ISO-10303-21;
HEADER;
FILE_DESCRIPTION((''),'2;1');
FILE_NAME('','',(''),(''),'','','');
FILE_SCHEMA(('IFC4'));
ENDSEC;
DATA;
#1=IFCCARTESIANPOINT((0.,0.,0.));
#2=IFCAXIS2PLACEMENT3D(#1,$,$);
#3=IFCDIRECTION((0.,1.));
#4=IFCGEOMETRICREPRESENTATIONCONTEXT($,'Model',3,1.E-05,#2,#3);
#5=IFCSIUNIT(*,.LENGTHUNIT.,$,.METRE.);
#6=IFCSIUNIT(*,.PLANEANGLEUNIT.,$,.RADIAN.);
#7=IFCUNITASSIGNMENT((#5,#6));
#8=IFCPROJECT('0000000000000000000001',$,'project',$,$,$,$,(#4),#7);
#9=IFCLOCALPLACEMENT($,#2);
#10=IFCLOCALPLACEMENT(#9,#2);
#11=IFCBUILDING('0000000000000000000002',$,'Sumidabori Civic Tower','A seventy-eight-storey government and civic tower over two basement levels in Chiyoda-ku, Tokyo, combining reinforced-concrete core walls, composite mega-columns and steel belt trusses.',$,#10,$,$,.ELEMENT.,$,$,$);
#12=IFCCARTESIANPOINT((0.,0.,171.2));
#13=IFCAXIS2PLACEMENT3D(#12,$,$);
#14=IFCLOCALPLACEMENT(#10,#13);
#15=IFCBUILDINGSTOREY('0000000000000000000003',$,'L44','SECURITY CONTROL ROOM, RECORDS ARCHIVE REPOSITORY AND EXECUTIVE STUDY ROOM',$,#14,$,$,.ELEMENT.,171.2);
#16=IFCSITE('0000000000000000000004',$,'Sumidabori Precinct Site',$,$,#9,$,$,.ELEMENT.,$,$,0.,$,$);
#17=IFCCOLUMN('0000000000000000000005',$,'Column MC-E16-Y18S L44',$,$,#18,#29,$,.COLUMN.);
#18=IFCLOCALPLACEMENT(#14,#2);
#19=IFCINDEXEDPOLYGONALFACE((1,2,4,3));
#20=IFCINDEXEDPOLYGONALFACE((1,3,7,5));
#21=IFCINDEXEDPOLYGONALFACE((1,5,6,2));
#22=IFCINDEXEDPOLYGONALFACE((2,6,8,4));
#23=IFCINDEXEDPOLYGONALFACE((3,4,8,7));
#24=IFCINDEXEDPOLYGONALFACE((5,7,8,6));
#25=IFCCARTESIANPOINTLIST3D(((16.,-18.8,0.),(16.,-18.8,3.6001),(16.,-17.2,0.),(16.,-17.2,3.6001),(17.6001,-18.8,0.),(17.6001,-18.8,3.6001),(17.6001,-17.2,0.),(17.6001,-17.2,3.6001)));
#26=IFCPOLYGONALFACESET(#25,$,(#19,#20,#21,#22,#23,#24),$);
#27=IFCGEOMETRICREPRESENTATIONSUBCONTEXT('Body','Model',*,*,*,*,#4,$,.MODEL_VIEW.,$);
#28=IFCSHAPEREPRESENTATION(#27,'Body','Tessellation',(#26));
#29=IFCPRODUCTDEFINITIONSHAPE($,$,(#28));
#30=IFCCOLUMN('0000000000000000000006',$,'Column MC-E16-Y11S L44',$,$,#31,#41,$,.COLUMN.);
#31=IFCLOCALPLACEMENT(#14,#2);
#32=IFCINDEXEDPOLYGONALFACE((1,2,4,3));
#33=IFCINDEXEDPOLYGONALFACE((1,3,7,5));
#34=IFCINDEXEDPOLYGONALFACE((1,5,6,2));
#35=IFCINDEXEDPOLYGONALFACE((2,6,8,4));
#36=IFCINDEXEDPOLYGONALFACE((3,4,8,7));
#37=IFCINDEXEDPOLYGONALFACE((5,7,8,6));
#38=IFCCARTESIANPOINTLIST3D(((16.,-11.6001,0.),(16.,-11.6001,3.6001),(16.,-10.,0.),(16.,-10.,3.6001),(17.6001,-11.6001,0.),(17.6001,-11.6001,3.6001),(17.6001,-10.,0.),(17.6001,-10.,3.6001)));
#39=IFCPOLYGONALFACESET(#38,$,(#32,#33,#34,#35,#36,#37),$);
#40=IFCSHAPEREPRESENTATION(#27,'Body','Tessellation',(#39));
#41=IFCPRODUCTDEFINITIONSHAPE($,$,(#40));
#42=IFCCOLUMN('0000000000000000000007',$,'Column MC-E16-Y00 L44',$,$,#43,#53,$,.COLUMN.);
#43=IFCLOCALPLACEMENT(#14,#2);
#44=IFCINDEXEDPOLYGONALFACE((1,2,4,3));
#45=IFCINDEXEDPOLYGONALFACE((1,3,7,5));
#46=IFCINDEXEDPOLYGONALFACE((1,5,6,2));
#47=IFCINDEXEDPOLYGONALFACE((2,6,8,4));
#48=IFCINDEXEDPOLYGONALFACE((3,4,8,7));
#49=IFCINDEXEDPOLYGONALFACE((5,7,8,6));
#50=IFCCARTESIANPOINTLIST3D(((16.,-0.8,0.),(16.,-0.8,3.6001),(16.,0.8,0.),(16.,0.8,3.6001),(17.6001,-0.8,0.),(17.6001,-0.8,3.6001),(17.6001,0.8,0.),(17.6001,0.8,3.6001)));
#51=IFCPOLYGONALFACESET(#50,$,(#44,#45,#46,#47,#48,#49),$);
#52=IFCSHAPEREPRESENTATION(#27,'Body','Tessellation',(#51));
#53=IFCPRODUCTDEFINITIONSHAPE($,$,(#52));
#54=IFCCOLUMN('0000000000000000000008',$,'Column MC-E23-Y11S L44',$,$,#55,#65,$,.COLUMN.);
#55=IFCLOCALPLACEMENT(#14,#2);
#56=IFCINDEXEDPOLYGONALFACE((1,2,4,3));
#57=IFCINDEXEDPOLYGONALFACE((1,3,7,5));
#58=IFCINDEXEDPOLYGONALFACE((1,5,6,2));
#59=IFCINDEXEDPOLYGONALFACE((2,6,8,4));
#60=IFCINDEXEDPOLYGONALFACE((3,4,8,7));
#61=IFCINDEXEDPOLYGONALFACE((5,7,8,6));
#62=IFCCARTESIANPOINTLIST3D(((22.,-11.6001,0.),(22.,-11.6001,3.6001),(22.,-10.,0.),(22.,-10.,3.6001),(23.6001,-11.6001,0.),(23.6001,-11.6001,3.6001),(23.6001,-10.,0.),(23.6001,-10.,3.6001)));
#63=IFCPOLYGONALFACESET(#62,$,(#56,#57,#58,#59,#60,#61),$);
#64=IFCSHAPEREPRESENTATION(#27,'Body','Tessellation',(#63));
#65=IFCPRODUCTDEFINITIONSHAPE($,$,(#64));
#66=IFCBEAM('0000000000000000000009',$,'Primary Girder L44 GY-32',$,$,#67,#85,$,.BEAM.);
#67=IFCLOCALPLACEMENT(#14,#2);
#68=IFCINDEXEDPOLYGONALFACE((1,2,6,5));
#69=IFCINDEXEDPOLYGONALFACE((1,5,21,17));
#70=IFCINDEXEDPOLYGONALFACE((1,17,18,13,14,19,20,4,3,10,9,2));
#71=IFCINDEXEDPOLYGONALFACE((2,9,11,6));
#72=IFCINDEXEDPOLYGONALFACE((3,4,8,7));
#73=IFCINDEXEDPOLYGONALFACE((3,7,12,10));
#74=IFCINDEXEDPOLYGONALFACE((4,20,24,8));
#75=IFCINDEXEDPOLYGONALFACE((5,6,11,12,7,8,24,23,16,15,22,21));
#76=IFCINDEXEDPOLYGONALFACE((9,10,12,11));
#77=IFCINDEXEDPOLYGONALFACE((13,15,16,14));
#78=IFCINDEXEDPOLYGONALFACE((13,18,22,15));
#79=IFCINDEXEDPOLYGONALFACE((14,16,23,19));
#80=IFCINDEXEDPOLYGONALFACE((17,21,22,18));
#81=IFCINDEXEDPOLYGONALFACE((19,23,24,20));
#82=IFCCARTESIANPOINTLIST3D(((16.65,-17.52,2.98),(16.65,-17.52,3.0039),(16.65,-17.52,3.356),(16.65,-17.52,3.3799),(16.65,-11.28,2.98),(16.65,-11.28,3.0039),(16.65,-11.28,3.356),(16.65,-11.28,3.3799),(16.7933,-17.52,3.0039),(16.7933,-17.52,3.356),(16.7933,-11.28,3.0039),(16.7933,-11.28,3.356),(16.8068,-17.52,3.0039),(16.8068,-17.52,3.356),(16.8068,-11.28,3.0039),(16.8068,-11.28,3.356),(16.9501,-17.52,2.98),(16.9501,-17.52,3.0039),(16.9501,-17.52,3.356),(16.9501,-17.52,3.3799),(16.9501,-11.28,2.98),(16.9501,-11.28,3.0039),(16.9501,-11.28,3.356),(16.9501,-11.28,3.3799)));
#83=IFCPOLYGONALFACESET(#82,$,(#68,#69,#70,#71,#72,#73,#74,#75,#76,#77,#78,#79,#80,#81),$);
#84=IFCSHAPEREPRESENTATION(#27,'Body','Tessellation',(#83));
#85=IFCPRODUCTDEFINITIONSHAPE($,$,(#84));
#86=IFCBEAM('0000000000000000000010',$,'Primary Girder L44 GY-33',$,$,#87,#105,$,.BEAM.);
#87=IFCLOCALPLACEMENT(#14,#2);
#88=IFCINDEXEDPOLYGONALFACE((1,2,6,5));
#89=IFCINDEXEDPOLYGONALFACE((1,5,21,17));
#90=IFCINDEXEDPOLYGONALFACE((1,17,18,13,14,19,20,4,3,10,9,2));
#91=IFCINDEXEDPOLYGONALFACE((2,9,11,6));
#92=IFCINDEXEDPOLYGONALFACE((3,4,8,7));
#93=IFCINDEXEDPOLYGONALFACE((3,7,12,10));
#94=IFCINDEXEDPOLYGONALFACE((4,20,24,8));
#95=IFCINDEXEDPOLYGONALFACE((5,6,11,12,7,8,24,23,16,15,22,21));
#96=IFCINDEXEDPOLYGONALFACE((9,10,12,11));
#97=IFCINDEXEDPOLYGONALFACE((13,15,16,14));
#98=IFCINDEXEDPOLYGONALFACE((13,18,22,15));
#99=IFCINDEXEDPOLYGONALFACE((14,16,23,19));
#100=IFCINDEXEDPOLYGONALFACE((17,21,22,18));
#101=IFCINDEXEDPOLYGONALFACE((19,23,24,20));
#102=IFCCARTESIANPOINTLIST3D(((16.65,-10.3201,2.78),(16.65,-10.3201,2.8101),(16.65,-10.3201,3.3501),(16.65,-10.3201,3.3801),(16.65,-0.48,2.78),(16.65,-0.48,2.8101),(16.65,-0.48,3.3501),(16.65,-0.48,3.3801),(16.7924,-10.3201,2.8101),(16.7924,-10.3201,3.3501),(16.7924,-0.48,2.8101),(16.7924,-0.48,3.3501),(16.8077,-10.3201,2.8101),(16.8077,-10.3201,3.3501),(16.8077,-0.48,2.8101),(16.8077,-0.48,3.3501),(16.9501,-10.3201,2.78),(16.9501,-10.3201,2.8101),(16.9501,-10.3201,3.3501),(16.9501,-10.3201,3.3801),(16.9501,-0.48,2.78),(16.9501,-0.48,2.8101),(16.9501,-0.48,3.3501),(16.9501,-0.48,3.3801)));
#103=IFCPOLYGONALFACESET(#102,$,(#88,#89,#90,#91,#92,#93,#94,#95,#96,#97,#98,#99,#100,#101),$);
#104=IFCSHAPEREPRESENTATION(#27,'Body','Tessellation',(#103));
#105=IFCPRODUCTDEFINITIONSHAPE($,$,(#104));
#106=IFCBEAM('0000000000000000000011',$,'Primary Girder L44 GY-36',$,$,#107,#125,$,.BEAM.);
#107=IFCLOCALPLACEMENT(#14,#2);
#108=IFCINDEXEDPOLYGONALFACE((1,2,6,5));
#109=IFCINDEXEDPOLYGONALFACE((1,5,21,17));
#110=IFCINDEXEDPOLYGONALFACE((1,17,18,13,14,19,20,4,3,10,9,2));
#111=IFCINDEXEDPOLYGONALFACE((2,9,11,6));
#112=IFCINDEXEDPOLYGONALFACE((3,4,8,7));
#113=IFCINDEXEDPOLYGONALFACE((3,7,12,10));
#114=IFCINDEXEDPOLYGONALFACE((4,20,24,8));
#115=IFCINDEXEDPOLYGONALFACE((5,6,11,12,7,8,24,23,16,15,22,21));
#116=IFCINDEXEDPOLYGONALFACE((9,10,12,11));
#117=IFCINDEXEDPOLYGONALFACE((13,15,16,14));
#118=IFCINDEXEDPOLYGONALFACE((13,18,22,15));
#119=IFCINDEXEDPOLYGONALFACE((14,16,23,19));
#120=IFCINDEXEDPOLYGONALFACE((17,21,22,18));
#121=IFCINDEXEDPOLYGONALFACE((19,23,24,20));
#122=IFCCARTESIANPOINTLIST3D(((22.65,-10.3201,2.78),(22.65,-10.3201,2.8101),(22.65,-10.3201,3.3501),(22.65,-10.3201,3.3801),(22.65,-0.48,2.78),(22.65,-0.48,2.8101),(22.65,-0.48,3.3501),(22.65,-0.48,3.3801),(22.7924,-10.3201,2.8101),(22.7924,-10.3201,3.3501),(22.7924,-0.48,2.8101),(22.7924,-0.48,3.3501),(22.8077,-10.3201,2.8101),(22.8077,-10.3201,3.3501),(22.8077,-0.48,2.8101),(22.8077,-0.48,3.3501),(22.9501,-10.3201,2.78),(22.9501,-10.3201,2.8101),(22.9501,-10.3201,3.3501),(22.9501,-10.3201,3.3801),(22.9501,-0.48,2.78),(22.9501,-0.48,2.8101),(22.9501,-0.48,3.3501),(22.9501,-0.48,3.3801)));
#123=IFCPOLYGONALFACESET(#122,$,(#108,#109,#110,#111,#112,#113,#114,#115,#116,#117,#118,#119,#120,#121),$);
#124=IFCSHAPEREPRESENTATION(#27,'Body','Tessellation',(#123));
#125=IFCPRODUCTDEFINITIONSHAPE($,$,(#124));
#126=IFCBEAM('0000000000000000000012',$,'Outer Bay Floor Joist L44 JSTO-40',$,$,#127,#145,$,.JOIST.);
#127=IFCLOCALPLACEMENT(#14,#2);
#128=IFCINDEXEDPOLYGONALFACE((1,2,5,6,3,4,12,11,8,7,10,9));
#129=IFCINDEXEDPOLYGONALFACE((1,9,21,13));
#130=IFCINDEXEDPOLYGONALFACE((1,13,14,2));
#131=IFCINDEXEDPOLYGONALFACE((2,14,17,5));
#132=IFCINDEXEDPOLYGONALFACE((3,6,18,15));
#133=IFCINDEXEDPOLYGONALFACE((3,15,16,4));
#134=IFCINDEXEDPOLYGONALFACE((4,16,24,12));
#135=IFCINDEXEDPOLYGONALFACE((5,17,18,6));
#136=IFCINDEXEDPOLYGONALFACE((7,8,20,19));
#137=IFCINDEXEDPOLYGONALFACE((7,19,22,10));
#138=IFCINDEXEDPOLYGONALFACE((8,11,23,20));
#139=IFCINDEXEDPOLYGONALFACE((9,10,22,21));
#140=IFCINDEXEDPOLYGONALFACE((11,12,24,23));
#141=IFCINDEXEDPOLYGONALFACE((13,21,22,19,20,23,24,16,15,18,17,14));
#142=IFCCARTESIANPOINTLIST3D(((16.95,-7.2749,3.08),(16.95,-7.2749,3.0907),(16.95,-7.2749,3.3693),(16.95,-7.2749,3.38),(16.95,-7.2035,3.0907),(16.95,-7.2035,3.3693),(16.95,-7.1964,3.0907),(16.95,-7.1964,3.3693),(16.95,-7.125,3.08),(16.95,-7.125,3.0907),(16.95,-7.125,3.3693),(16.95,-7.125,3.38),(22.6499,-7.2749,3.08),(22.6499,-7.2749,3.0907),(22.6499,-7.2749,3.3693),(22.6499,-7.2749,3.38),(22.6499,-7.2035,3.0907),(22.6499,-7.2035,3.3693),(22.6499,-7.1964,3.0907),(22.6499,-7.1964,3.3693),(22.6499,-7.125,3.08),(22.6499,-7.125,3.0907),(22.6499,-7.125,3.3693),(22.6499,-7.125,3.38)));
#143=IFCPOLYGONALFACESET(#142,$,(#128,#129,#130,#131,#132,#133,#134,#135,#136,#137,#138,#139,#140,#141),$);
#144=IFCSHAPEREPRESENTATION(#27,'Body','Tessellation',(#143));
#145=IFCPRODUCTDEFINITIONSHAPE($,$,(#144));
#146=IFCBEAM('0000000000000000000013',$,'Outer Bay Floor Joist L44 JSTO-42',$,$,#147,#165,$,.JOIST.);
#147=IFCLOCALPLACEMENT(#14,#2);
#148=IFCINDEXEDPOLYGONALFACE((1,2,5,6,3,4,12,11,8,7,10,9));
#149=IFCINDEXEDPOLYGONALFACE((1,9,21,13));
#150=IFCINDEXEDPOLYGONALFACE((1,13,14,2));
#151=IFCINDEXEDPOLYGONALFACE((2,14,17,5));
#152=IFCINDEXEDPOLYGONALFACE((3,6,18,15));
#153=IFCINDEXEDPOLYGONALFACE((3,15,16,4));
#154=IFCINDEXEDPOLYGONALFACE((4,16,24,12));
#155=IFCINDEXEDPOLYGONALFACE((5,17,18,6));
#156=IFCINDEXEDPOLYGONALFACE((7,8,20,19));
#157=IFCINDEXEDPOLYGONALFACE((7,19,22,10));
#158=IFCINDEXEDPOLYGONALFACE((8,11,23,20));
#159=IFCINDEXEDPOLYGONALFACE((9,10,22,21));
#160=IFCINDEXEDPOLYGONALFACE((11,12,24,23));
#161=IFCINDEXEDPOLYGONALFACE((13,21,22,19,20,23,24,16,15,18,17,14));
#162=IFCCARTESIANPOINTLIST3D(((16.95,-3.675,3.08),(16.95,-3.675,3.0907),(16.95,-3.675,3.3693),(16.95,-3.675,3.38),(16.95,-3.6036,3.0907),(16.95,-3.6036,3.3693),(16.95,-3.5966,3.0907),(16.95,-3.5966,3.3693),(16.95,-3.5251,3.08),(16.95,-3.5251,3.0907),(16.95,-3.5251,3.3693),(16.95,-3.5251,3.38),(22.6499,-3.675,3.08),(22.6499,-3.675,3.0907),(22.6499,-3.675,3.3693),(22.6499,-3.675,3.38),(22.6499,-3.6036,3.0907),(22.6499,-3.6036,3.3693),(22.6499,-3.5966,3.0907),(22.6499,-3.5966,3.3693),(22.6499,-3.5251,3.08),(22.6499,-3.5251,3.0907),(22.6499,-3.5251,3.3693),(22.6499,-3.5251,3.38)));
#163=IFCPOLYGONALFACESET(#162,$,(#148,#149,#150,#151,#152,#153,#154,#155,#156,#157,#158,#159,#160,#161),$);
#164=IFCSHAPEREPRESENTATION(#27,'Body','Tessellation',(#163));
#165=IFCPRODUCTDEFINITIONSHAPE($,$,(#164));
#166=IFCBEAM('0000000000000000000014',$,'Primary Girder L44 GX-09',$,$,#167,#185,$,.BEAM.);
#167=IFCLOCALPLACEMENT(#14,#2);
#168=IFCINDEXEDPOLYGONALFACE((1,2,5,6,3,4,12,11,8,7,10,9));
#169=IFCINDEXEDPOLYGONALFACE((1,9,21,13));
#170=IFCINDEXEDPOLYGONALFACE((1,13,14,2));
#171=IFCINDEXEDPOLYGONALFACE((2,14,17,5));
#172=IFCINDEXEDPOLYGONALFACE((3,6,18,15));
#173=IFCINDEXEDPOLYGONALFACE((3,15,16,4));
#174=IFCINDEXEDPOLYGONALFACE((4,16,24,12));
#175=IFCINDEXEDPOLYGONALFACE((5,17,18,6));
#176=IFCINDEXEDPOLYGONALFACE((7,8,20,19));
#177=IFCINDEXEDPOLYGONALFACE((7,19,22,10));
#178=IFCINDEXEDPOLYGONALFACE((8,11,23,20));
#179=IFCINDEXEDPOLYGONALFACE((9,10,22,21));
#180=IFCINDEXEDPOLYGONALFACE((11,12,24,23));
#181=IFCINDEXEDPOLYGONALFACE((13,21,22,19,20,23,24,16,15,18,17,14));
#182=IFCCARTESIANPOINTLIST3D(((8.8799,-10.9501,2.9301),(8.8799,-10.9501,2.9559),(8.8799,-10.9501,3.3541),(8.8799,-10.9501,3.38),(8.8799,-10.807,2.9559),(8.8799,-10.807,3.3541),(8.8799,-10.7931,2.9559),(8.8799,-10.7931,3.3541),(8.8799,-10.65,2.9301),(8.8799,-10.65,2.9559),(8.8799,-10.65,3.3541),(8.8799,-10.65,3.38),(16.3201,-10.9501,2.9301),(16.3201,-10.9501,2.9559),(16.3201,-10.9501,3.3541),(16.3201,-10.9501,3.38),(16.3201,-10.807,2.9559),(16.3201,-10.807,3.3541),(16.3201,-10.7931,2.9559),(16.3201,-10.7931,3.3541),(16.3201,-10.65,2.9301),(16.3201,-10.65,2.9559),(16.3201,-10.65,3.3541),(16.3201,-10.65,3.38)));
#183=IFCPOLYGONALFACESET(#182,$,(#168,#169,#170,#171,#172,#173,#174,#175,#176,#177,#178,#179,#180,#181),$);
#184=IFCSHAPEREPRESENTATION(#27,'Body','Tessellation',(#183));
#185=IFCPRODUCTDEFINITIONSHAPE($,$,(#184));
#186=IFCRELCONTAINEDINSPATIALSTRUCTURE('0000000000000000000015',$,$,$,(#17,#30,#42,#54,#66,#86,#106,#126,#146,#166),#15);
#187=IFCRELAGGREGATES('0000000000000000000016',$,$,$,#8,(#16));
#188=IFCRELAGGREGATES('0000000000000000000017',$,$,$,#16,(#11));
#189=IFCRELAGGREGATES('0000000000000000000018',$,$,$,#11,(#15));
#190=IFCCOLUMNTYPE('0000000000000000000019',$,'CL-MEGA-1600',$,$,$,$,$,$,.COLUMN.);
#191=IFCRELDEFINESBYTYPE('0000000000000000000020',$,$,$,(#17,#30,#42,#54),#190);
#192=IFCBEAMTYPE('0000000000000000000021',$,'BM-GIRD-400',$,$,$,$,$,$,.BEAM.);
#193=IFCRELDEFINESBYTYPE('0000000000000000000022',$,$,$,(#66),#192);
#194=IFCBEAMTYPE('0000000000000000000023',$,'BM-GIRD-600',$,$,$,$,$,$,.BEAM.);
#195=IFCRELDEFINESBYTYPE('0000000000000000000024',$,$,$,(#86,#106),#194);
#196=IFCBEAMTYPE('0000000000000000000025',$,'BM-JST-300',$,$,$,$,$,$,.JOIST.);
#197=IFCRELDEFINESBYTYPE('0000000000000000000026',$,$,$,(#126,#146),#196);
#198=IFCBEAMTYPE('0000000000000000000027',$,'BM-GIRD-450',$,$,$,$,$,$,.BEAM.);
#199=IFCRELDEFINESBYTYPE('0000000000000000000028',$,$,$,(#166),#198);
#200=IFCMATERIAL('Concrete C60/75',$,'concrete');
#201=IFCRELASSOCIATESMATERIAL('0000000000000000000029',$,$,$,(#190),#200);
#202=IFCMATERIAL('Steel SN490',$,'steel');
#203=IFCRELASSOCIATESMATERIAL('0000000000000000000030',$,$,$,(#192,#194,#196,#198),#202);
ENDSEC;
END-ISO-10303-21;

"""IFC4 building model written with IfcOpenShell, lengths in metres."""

from ifc_helpers import new_model, si_unit, direction, frame, origin, origin_2d, place, context, subcontext, project, spatial, rectangle, i_section, extrude, source, transform, mapped, material, material_profile, profile_set, type_object, element, save


model = new_model("IFC4")

# Units and contexts
model_context = context("Model", 3, precision=1e-05, world=origin(), true_north=direction((0.0, 1.0)))
body_context = subcontext(model_context, "Body", "Model", "MODEL_VIEW")
ifc_project = project(units=[si_unit("LENGTHUNIT", "METRE"), si_unit("PLANEANGLEUNIT", "RADIAN")], contexts=[model_context])

# Site, building, storey
site_placement = place(None, origin())
site = spatial("IfcSite", under=ifc_project, at=site_placement, Name="Sumidabori Precinct Site", CompositionType="ELEMENT", RefElevation=0.0)
building_placement = place(site_placement, origin())
building = spatial("IfcBuilding", under=site, at=building_placement, Name="Sumidabori Civic Tower", Description="A seventy-eight-storey government and civic tower over two basement levels in Chiyoda-ku, Tokyo, combining reinforced-concrete core walls, composite mega-columns and steel belt trusses.", CompositionType="ELEMENT")
storey_placement = place(building_placement, frame((0.0, 0.0, 171.2)))
storey = spatial("IfcBuildingStorey", under=building, at=storey_placement, Name="L44", Description="SECURITY CONTROL ROOM, RECORDS ARCHIVE REPOSITORY AND EXECUTIVE STUDY ROOM", CompositionType="ELEMENT", Elevation=171.2)

# Columns
ifc_material_1 = material(Name="Concrete C60/75", Category="concrete")
ifc_material_profile_1 = material_profile(ifc_material_1, rectangle(XDim=1.6001, YDim=1.6001, at=origin_2d()), Name="RC 1600x1600")
ifc_profile_set_1 = profile_set([ifc_material_profile_1], Name="Concrete C60/75")
column_type = type_object("IfcColumnType", Name="CL-MEGA-1600", PredefinedType="COLUMN", material=ifc_profile_set_1)
shared_shape_1 = source(origin(), body_context, "Body", "SweptSolid", [
    extrude(rectangle(XDim=1.6001, YDim=1.6001, at=origin_2d()), origin(), (0.0, 0.0, 1.0), 3.6001),
])
for number, where, z_axis, x_axis, name in (
    (1, (16.8, -18.0, 0.0), (0.0, 0.0, 1.0), (1.0, 0.0, 0.0), "Column MC-E16-Y18S L44"),
    (2, (16.8, -10.8, 0.0), (0.0, 0.0, 1.0), (1.0, 0.0, 0.0), "Column MC-E16-Y11S L44"),
    (3, (16.8, 0.0, 0.0), (0.0, 0.0, 1.0), (1.0, 0.0, 0.0), "Column MC-E16-Y00 L44"),
    (4, (22.8, -10.8, 0.0), (0.0, 0.0, 1.0), (1.0, 0.0, 0.0), "Column MC-E23-Y11S L44"),
):
    element("IfcColumn", number, at=place(storey_placement, frame(where, z_axis=z_axis, x_axis=x_axis)), inside=storey, type_object=column_type, Name=name, PredefinedType="COLUMN", context=body_context, shape_type="MappedRepresentation", body=[
        mapped(shared_shape_1, transform((0.0, 0.0, 0.0), x_axis=(1.0, 0.0, 0.0), y_axis=(0.0, 1.0, 0.0), z_axis=(0.0, 0.0, 1.0), scale=1.0)),
    ])

# Beams
ifc_material_2 = material(Name="Steel SN490", Category="steel")
ifc_material_profile_2 = material_profile(ifc_material_2, i_section(OverallWidth=0.3, OverallDepth=0.3999, WebThickness=0.0134, FlangeThickness=0.0239, at=origin_2d()), Name="HE 400 B")
ifc_profile_set_2 = profile_set([ifc_material_profile_2], Name="Steel SN490")
beam_type_1 = type_object("IfcBeamType", Name="BM-GIRD-400", PredefinedType="BEAM", material=ifc_profile_set_2)
shared_shape_2 = source(origin(), body_context, "Body", "SweptSolid", [
    extrude(i_section(OverallWidth=0.3, OverallDepth=0.3999, WebThickness=0.0134, FlangeThickness=0.0239, at=origin_2d()), origin(), (0.0, 0.0, 1.0), 6.24),
])
beam_1_placement = place(storey_placement, frame((16.8, -17.52, 3.1799), z_axis=(0.0, 1.0, 0.0), x_axis=(-1.0, 0.0, 0.0)))
element("IfcBeam", 5, at=beam_1_placement, inside=storey, type_object=beam_type_1, Name="Primary Girder L44 GY-32", PredefinedType="BEAM", context=body_context, shape_type="MappedRepresentation", body=[
    mapped(shared_shape_2, transform((0.0, 0.0, 0.0), x_axis=(1.0, 0.0, 0.0), y_axis=(0.0, 1.0, 0.0), z_axis=(0.0, 0.0, 1.0), scale=1.0)),
])
ifc_material_profile_3 = material_profile(ifc_material_2, i_section(OverallWidth=0.3, OverallDepth=0.6001, WebThickness=0.0154, FlangeThickness=0.03, at=origin_2d()), Name="HE 600 B")
ifc_profile_set_3 = profile_set([ifc_material_profile_3], Name="Steel SN490")
beam_type_2 = type_object("IfcBeamType", Name="BM-GIRD-600", PredefinedType="BEAM", material=ifc_profile_set_3)
shared_shape_3 = source(origin(), body_context, "Body", "SweptSolid", [
    extrude(i_section(OverallWidth=0.3, OverallDepth=0.6001, WebThickness=0.0154, FlangeThickness=0.03, at=origin_2d()), origin(), (0.0, 0.0, 1.0), 9.8401),
])
for number, where, z_axis, x_axis, name in (
    (6, (16.8, -10.3201, 3.0801), (0.0, 1.0, 0.0), (-1.0, 0.0, 0.0), "Primary Girder L44 GY-33"),
    (7, (22.8, -10.3201, 3.0801), (0.0, 1.0, 0.0), (-1.0, 0.0, 0.0), "Primary Girder L44 GY-36"),
):
    element("IfcBeam", number, at=place(storey_placement, frame(where, z_axis=z_axis, x_axis=x_axis)), inside=storey, type_object=beam_type_2, Name=name, PredefinedType="BEAM", context=body_context, shape_type="MappedRepresentation", body=[
        mapped(shared_shape_3, transform((0.0, 0.0, 0.0), x_axis=(1.0, 0.0, 0.0), y_axis=(0.0, 1.0, 0.0), z_axis=(0.0, 0.0, 1.0), scale=1.0)),
    ])
ifc_material_profile_4 = material_profile(ifc_material_2, i_section(OverallWidth=0.1499, OverallDepth=0.3, WebThickness=0.0071, FlangeThickness=0.0107, at=origin_2d()), Name="IPE 300")
ifc_profile_set_4 = profile_set([ifc_material_profile_4], Name="Steel SN490")
beam_type_3 = type_object("IfcBeamType", Name="BM-JST-300", PredefinedType="JOIST", material=ifc_profile_set_4)
shared_shape_4 = source(origin(), body_context, "Body", "SweptSolid", [
    extrude(i_section(OverallWidth=0.1499, OverallDepth=0.3, WebThickness=0.0071, FlangeThickness=0.0107, at=origin_2d()), origin(), (0.0, 0.0, 1.0), 5.7),
])
for number, where, z_axis, x_axis, name in (
    (8, (16.95, -7.2, 3.23), (1.0, 0.0, 0.0), (0.0, 1.0, 0.0), "Outer Bay Floor Joist L44 JSTO-40"),
    (9, (16.95, -3.6001, 3.23), (1.0, 0.0, 0.0), (0.0, 1.0, 0.0), "Outer Bay Floor Joist L44 JSTO-42"),
):
    element("IfcBeam", number, at=place(storey_placement, frame(where, z_axis=z_axis, x_axis=x_axis)), inside=storey, type_object=beam_type_3, Name=name, PredefinedType="JOIST", context=body_context, shape_type="MappedRepresentation", body=[
        mapped(shared_shape_4, transform((0.0, 0.0, 0.0), x_axis=(1.0, 0.0, 0.0), y_axis=(0.0, 1.0, 0.0), z_axis=(0.0, 0.0, 1.0), scale=1.0)),
    ])
ifc_material_profile_5 = material_profile(ifc_material_2, i_section(OverallWidth=0.3, OverallDepth=0.45, WebThickness=0.0139, FlangeThickness=0.0259, at=origin_2d()), Name="HE 450 B")
ifc_profile_set_5 = profile_set([ifc_material_profile_5], Name="Steel SN490")
beam_type_4 = type_object("IfcBeamType", Name="BM-GIRD-450", PredefinedType="BEAM", material=ifc_profile_set_5)
shared_shape_5 = source(origin(), body_context, "Body", "SweptSolid", [
    extrude(i_section(OverallWidth=0.3, OverallDepth=0.45, WebThickness=0.0139, FlangeThickness=0.0259, at=origin_2d()), origin(), (0.0, 0.0, 1.0), 7.4402),
])
for number, where, z_axis, x_axis, name in (
    (10, (8.8799, -10.8, 3.155), (1.0, 0.0, 0.0), (0.0, 1.0, 0.0), "Primary Girder L44 GX-09"),
):
    element("IfcBeam", number, at=place(storey_placement, frame(where, z_axis=z_axis, x_axis=x_axis)), inside=storey, type_object=beam_type_4, Name=name, PredefinedType="BEAM", context=body_context, shape_type="MappedRepresentation", body=[
        mapped(shared_shape_5, transform((0.0, 0.0, 0.0), x_axis=(1.0, 0.0, 0.0), y_axis=(0.0, 1.0, 0.0), z_axis=(0.0, 0.0, 1.0), scale=1.0)),
    ])

save(model, "model.ifc")
